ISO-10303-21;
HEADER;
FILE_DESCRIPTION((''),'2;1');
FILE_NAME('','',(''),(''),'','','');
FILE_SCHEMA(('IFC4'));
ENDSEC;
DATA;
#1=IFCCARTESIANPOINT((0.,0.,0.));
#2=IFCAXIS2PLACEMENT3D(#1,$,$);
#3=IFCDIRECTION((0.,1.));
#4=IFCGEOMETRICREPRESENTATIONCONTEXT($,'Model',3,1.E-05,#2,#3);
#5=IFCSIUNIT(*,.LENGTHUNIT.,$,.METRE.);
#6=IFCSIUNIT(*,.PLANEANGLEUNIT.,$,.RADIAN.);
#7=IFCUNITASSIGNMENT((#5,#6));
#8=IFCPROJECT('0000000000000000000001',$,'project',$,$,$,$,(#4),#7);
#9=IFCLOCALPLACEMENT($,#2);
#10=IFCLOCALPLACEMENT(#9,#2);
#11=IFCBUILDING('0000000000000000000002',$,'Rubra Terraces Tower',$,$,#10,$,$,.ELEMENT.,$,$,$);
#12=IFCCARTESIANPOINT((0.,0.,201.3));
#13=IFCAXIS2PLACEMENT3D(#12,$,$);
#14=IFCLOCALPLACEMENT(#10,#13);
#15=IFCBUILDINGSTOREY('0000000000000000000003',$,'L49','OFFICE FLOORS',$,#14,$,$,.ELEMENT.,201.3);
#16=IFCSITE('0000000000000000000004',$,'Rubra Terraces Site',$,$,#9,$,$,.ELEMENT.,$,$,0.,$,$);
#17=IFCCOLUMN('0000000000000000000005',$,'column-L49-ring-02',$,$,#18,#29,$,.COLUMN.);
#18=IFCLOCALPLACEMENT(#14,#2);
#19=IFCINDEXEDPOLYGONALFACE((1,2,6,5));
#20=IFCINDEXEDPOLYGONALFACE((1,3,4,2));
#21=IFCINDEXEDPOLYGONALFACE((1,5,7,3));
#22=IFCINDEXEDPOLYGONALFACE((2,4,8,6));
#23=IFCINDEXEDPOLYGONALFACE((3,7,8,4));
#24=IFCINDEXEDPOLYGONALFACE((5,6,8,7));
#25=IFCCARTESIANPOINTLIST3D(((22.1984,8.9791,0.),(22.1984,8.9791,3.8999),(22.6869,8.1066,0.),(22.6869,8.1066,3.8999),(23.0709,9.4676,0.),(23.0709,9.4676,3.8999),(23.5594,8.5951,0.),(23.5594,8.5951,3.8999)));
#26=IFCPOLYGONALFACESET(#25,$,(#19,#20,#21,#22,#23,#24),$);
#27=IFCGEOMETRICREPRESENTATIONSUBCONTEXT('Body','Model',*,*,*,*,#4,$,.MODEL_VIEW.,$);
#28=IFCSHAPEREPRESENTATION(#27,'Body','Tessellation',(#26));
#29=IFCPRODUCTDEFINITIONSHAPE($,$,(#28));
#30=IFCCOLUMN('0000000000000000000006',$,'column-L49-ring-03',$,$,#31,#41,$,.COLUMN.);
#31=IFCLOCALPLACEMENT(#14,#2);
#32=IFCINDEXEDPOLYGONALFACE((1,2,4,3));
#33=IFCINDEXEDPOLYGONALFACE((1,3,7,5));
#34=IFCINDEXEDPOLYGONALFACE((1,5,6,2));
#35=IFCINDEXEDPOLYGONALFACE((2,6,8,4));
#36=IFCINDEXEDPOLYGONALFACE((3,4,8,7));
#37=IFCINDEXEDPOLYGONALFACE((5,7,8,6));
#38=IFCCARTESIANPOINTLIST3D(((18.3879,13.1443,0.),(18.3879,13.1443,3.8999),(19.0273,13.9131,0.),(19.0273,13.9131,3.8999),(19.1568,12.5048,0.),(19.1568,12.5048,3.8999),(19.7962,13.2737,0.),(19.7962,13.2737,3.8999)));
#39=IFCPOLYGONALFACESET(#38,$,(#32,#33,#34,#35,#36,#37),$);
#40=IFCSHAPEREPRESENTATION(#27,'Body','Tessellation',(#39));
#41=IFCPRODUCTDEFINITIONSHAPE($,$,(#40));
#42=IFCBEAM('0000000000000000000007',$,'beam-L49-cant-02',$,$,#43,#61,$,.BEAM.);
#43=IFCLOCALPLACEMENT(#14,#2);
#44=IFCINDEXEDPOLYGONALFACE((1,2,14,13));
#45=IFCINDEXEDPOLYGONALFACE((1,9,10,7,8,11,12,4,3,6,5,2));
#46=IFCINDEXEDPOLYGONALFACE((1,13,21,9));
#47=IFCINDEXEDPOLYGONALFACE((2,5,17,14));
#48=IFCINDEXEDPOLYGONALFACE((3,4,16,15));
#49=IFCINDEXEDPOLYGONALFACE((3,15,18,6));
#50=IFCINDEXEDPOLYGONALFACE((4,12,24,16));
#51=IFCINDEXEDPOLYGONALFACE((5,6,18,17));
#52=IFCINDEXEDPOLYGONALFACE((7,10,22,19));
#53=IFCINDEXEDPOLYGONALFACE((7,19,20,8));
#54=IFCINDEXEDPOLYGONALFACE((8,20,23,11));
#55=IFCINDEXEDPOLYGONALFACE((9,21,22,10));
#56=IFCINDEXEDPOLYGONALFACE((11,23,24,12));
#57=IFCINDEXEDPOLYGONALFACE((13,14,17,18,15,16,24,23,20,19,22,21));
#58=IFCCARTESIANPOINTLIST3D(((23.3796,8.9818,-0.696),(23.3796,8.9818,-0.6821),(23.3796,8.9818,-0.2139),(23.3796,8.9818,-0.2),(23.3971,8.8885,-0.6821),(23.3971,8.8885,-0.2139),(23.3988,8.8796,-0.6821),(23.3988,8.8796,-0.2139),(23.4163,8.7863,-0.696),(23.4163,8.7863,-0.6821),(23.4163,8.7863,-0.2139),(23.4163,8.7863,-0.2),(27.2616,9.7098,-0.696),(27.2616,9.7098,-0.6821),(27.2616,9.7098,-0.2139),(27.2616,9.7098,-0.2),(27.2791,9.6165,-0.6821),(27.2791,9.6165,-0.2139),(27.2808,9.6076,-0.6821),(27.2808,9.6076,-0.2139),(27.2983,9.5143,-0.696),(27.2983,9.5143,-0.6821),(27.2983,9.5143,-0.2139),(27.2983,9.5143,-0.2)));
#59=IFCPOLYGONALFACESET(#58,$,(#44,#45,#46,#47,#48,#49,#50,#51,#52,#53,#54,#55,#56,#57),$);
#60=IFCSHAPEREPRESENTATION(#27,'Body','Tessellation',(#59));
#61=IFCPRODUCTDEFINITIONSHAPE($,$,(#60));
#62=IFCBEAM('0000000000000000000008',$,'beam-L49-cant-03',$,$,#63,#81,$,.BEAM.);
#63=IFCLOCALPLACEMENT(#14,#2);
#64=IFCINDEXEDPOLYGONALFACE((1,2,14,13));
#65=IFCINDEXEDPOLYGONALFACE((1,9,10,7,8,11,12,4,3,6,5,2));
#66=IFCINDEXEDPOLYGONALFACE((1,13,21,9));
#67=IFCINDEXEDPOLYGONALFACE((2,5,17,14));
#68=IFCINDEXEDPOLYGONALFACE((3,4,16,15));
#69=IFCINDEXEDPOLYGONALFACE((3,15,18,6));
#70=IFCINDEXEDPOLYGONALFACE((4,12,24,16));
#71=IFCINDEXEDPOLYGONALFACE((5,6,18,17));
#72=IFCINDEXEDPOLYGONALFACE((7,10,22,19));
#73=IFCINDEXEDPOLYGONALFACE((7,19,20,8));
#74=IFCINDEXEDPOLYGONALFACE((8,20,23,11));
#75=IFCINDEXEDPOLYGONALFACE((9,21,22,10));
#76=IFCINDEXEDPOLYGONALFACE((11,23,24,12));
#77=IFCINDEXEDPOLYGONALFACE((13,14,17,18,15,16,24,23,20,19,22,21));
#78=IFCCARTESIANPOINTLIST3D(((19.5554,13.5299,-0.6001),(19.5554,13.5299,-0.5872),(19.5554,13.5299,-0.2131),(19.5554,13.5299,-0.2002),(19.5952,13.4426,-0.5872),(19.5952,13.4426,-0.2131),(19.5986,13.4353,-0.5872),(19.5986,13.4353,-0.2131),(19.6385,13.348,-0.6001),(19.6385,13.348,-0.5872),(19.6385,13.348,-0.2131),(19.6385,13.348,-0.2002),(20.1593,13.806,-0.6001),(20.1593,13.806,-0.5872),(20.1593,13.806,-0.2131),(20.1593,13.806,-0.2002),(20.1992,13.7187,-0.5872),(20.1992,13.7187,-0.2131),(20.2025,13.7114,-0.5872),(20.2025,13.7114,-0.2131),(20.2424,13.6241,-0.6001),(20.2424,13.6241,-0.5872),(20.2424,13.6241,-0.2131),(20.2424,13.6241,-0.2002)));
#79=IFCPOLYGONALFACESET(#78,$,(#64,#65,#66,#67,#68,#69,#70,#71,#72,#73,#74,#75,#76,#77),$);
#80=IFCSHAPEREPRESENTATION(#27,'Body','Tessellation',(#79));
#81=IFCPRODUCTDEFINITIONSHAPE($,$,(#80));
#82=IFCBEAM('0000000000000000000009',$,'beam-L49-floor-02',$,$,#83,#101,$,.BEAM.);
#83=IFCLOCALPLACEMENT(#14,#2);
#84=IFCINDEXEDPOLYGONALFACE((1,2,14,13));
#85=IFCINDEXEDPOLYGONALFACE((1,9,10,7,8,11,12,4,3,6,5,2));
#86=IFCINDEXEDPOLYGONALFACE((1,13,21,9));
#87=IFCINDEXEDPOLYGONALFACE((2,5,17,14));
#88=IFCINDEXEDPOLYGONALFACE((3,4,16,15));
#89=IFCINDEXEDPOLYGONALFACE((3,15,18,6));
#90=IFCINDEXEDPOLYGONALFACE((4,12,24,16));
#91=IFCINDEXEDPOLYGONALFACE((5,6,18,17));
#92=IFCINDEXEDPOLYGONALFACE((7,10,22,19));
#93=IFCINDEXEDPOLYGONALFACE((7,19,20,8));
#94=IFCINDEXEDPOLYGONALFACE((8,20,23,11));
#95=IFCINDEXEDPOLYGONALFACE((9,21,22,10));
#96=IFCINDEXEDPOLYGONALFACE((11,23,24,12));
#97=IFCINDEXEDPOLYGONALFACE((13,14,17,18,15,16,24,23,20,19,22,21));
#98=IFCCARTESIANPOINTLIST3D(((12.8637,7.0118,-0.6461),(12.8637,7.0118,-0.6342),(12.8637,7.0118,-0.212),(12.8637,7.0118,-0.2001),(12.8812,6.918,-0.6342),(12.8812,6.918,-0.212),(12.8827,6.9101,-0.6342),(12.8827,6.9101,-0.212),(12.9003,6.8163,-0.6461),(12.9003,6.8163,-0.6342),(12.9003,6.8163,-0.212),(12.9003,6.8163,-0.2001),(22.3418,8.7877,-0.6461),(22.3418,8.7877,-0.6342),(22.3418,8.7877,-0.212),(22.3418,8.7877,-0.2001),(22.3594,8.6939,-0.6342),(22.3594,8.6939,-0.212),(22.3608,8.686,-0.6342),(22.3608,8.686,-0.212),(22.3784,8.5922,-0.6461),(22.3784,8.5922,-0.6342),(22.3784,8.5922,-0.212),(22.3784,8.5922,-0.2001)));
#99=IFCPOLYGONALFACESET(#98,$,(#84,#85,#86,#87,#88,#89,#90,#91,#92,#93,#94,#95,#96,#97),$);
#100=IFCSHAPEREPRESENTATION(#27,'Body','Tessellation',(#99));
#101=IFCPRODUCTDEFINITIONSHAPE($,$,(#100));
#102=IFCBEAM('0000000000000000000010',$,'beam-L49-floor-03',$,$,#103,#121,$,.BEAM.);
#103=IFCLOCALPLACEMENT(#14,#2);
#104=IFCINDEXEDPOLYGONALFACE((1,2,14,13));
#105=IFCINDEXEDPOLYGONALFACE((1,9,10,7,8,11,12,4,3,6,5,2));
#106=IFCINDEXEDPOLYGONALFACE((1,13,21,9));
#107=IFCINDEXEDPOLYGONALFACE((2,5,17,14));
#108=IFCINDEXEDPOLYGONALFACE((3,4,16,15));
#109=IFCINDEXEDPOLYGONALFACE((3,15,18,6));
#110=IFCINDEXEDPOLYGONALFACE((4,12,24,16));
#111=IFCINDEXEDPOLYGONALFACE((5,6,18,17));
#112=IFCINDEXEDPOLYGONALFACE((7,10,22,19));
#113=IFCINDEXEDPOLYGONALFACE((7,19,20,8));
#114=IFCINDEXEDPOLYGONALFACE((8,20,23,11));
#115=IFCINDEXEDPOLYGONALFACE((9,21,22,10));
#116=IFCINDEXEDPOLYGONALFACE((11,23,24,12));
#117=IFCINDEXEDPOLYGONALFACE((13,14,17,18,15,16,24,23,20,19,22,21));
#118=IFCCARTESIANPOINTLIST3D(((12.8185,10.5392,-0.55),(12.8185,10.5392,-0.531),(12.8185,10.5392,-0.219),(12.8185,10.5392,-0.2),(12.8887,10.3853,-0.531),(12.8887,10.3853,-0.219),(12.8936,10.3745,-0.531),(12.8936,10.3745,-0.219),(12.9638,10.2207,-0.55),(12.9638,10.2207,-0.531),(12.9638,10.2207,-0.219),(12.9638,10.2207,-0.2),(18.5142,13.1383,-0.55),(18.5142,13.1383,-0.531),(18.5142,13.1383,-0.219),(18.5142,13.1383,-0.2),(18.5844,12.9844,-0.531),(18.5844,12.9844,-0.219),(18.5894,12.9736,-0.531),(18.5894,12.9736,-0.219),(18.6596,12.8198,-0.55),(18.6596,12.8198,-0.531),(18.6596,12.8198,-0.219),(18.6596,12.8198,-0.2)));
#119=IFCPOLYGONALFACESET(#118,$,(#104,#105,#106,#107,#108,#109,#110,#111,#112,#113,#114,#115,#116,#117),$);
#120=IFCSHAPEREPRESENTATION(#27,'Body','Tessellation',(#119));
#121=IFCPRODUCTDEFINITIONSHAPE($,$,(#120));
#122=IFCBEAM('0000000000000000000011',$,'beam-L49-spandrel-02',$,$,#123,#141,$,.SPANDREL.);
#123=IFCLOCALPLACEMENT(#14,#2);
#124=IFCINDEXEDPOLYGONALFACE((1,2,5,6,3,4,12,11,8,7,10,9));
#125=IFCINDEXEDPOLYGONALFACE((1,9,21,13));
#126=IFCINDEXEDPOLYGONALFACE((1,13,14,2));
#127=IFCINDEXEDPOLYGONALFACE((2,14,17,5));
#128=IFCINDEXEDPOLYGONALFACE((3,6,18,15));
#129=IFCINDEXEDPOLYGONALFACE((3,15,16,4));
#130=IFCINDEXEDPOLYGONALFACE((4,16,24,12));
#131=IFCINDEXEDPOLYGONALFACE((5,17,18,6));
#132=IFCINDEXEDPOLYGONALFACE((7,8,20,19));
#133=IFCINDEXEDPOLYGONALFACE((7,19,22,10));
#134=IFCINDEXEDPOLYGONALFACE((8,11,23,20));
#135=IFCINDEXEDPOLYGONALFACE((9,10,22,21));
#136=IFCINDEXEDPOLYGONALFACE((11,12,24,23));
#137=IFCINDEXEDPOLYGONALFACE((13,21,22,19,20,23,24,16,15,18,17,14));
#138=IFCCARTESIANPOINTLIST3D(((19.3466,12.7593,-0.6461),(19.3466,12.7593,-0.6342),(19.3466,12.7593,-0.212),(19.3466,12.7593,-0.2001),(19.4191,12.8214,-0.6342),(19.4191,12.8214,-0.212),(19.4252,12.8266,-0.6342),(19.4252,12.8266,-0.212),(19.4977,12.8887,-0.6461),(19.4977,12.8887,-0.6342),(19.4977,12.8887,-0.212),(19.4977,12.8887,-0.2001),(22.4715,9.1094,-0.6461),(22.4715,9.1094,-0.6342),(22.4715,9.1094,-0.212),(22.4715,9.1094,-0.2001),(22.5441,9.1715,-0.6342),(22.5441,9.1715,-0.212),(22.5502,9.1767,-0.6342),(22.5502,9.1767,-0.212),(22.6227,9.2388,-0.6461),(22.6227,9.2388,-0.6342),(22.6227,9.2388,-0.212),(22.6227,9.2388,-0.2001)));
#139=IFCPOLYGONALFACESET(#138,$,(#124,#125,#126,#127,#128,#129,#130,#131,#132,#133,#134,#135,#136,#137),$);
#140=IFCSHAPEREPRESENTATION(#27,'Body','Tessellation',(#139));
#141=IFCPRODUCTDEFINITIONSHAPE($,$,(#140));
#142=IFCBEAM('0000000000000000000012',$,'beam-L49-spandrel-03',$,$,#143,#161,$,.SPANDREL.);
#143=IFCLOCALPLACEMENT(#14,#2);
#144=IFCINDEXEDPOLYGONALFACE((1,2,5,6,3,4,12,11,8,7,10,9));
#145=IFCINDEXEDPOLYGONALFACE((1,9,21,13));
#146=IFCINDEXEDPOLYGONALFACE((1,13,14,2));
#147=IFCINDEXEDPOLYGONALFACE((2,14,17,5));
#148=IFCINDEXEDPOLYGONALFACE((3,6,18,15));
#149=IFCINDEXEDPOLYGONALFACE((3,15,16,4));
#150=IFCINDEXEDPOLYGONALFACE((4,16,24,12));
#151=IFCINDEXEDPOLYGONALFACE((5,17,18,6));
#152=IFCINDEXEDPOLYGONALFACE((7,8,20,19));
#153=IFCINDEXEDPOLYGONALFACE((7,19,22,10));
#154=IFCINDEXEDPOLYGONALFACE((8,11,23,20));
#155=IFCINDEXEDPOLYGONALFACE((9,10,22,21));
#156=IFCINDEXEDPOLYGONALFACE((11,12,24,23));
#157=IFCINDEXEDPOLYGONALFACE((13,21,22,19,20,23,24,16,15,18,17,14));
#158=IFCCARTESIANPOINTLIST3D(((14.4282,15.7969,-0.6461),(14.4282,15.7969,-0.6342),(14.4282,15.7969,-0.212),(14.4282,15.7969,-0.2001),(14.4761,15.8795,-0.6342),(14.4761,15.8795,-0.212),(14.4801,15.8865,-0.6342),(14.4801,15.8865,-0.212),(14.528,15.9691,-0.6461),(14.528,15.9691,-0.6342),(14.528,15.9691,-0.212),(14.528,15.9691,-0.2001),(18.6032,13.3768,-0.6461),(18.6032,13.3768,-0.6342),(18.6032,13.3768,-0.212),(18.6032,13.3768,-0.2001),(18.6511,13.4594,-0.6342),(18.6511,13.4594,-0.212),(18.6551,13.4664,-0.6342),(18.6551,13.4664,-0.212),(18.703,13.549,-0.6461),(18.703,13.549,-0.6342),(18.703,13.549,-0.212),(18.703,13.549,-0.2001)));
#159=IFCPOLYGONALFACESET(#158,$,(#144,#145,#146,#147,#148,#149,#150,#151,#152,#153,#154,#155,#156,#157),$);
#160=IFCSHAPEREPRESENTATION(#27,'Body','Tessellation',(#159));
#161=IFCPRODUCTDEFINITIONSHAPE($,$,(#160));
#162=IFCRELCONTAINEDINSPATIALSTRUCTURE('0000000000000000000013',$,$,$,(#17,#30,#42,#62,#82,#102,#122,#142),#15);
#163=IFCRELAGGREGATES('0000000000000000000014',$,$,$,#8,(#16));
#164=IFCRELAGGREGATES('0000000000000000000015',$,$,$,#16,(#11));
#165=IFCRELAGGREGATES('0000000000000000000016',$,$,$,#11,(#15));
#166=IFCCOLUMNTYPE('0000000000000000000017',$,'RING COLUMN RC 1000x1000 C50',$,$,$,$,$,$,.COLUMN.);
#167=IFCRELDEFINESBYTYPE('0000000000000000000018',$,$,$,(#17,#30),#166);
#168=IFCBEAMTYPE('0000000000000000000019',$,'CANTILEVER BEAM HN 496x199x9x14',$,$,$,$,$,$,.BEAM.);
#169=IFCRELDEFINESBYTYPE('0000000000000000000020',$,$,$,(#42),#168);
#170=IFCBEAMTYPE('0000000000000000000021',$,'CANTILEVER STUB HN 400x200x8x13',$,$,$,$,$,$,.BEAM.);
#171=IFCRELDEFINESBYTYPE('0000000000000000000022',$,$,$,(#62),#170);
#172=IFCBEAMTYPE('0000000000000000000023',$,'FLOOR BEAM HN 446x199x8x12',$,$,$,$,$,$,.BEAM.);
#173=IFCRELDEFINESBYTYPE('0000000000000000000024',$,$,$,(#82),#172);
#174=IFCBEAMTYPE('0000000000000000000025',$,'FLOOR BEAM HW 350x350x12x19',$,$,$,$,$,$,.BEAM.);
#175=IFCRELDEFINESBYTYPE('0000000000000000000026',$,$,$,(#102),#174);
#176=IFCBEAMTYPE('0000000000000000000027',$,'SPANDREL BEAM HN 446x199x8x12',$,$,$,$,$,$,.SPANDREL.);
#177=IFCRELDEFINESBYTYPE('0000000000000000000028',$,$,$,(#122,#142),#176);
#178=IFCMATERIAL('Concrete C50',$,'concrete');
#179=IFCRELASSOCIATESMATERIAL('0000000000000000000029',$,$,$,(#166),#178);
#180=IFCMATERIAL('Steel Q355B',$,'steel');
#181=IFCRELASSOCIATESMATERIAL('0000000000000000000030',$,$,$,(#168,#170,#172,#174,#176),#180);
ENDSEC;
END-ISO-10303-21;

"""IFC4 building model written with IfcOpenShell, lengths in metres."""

from ifc_helpers import new_model, si_unit, direction, frame, origin, origin_2d, place, context, subcontext, project, spatial, rectangle, i_section, extrude, material, material_profile, profile_set, type_object, element, save


model = new_model("IFC4")

# Units and contexts
model_context = context("Model", 3, precision=1e-05, world=origin(), true_north=direction((0.0, 1.0)))
body_context = subcontext(model_context, "Body", "Model", "MODEL_VIEW")
ifc_project = project(units=[si_unit("LENGTHUNIT", "METRE"), si_unit("PLANEANGLEUNIT", "RADIAN")], contexts=[model_context])

# Site, building, storey
site_placement = place(None, origin())
site = spatial("IfcSite", under=ifc_project, at=site_placement, Name="Rubra Terraces Site", CompositionType="ELEMENT", RefElevation=0.0)
building_placement = place(site_placement, origin())
building = spatial("IfcBuilding", under=site, at=building_placement, Name="Rubra Terraces Tower", CompositionType="ELEMENT")
storey_placement = place(building_placement, frame((0.0, 0.0, 201.3)))
storey = spatial("IfcBuildingStorey", under=building, at=storey_placement, Name="L49", Description="OFFICE FLOORS", CompositionType="ELEMENT", Elevation=201.3)

# Columns
ifc_material_1 = material(Name="Concrete C50", Category="concrete")
ifc_material_profile_1 = material_profile(ifc_material_1, rectangle(XDim=1.0, YDim=1.0, at=origin_2d()), Name="RC 1000x1000")
ifc_profile_set_1 = profile_set([ifc_material_profile_1], Name="Concrete C50")
column_type = type_object("IfcColumnType", Name="RING COLUMN RC 1000x1000 C50", PredefinedType="COLUMN", material=ifc_profile_set_1)
for number, where, z_axis, x_axis, name in (
    (1, (22.8789, 8.7871, 0.0), (0.0, 0.0, 1.0), (-0.488526, 0.872549, 0.0), "column-L49-ring-02"),
    (2, (19.092, 13.209, 0.0), (0.0, 0.0, 1.0), (-0.76887, 0.639405, 0.0), "column-L49-ring-03"),
):
    element("IfcColumn", number, at=place(storey_placement, frame(where, z_axis=z_axis, x_axis=x_axis)), inside=storey, type_object=column_type, Name=name, PredefinedType="COLUMN", context=body_context, shape_type="SweptSolid", body=[
        extrude(rectangle(XDim=1.0, YDim=1.0, at=origin_2d()), origin(), (0.0, 0.0, 1.0), 3.8999),
    ])

# Beams
ifc_material_2 = material(Name="Steel Q355B", Category="steel")
ifc_material_profile_2 = material_profile(ifc_material_2, i_section(OverallWidth=0.199, OverallDepth=0.4961, WebThickness=0.009, FlangeThickness=0.0139, at=origin_2d()), Name="HN 496x199x9x14")
ifc_profile_set_2 = profile_set([ifc_material_profile_2], Name="Steel Q355B")
beam_type_1 = type_object("IfcBeamType", Name="CANTILEVER BEAM HN 496x199x9x14", PredefinedType="BEAM", material=ifc_profile_set_2)
beam_1_placement = place(storey_placement, frame((23.3979, 8.884, -0.448), z_axis=(0.982866, 0.184322, 0.0), x_axis=(-0.184322, 0.982866, 0.0)))
element("IfcBeam", 3, at=beam_1_placement, inside=storey, type_object=beam_type_1, Name="beam-L49-cant-02", PredefinedType="BEAM", context=body_context, shape_type="SweptSolid", body=[
    extrude(i_section(OverallWidth=0.199, OverallDepth=0.4961, WebThickness=0.009, FlangeThickness=0.0139, at=origin_2d()), origin(), (0.0, 0.0, 1.0), 3.9497),
])
ifc_material_profile_3 = material_profile(ifc_material_2, i_section(OverallWidth=0.2, OverallDepth=0.3999, WebThickness=0.0081, FlangeThickness=0.0129, at=origin_2d()), Name="HN 400x200x8x13")
ifc_profile_set_3 = profile_set([ifc_material_profile_3], Name="Steel Q355B")
beam_type_2 = type_object("IfcBeamType", Name="CANTILEVER STUB HN 400x200x8x13", PredefinedType="BEAM", material=ifc_profile_set_3)
beam_2_placement = place(storey_placement, frame((19.5969, 13.439, -0.4001), z_axis=(0.909471, 0.415768, 0.0), x_axis=(-0.415768, 0.909471, 0.0)))
element("IfcBeam", 4, at=beam_2_placement, inside=storey, type_object=beam_type_2, Name="beam-L49-cant-03", PredefinedType="BEAM", context=body_context, shape_type="SweptSolid", body=[
    extrude(i_section(OverallWidth=0.2, OverallDepth=0.3999, WebThickness=0.0081, FlangeThickness=0.0129, at=origin_2d()), origin(), (0.0, 0.0, 1.0), 0.6641),
])
ifc_material_profile_4 = material_profile(ifc_material_2, i_section(OverallWidth=0.199, OverallDepth=0.446, WebThickness=0.0081, FlangeThickness=0.012, at=origin_2d()), Name="HN 446x199x8x12")
ifc_profile_set_4 = profile_set([ifc_material_profile_4], Name="Steel Q355B")
beam_type_3 = type_object("IfcBeamType", Name="FLOOR BEAM HN 446x199x8x12", PredefinedType="BEAM", material=ifc_profile_set_4)
beam_3_placement = place(storey_placement, frame((22.3601, 8.6899, -0.4231), z_axis=(-0.982896, -0.184163, 0.0), x_axis=(0.184163, -0.982896, 0.0)))
element("IfcBeam", 5, at=beam_3_placement, inside=storey, type_object=beam_type_3, Name="beam-L49-floor-02", PredefinedType="BEAM", context=body_context, shape_type="SweptSolid", body=[
    extrude(i_section(OverallWidth=0.199, OverallDepth=0.446, WebThickness=0.0081, FlangeThickness=0.012, at=origin_2d()), origin(), (0.0, 0.0, 1.0), 9.6431),
])
ifc_material_profile_5 = material_profile(ifc_material_2, i_section(OverallWidth=0.3501, OverallDepth=0.3501, WebThickness=0.012, FlangeThickness=0.019, at=origin_2d()), Name="HW 350x350x12x19")
ifc_profile_set_5 = profile_set([ifc_material_profile_5], Name="Steel Q355B")
beam_type_4 = type_object("IfcBeamType", Name="FLOOR BEAM HW 350x350x12x19", PredefinedType="BEAM", material=ifc_profile_set_5)
beam_4_placement = place(storey_placement, frame((18.5869, 12.979, -0.375), z_axis=(-0.909757, -0.415142, 0.0), x_axis=(0.415142, -0.909757, 0.0)))
element("IfcBeam", 6, at=beam_4_placement, inside=storey, type_object=beam_type_4, Name="beam-L49-floor-03", PredefinedType="BEAM", context=body_context, shape_type="SweptSolid", body=[
    extrude(i_section(OverallWidth=0.3501, OverallDepth=0.3501, WebThickness=0.012, FlangeThickness=0.019, at=origin_2d()), origin(), (0.0, 0.0, 1.0), 6.2607),
])
ifc_material_profile_6 = material_profile(ifc_material_2, i_section(OverallWidth=0.199, OverallDepth=0.446, WebThickness=0.0081, FlangeThickness=0.012, at=origin_2d()), Name="HN 446x199x8x12")
ifc_profile_set_6 = profile_set([ifc_material_profile_6], Name="Steel Q355B")
beam_type_5 = type_object("IfcBeamType", Name="SPANDREL BEAM HN 446x199x8x12", PredefinedType="SPANDREL", material=ifc_profile_set_6)
beam_5_placement = place(storey_placement, frame((22.5471, 9.1741, -0.4231), z_axis=(-0.650373, 0.759615, 0.0), x_axis=(-0.759615, -0.650373, 0.0)))
element("IfcBeam", 7, at=beam_5_placement, inside=storey, type_object=beam_type_5, Name="beam-L49-spandrel-02", PredefinedType="SPANDREL", context=body_context, shape_type="SweptSolid", body=[
    extrude(i_section(OverallWidth=0.199, OverallDepth=0.446, WebThickness=0.0081, FlangeThickness=0.012, at=origin_2d()), origin(), (0.0, 0.0, 1.0), 4.8049),
])
beam_6_placement = place(storey_placement, frame((18.6531, 13.4629, -0.4231), z_axis=(-0.865154, 0.501507, 0.0), x_axis=(-0.501507, -0.865154, 0.0)))
element("IfcBeam", 8, at=beam_6_placement, inside=storey, type_object=beam_type_5, Name="beam-L49-spandrel-03", PredefinedType="SPANDREL", context=body_context, shape_type="SweptSolid", body=[
    extrude(i_section(OverallWidth=0.199, OverallDepth=0.446, WebThickness=0.0081, FlangeThickness=0.012, at=origin_2d()), origin(), (0.0, 0.0, 1.0), 4.8257),
])

save(model, "model.ifc")
